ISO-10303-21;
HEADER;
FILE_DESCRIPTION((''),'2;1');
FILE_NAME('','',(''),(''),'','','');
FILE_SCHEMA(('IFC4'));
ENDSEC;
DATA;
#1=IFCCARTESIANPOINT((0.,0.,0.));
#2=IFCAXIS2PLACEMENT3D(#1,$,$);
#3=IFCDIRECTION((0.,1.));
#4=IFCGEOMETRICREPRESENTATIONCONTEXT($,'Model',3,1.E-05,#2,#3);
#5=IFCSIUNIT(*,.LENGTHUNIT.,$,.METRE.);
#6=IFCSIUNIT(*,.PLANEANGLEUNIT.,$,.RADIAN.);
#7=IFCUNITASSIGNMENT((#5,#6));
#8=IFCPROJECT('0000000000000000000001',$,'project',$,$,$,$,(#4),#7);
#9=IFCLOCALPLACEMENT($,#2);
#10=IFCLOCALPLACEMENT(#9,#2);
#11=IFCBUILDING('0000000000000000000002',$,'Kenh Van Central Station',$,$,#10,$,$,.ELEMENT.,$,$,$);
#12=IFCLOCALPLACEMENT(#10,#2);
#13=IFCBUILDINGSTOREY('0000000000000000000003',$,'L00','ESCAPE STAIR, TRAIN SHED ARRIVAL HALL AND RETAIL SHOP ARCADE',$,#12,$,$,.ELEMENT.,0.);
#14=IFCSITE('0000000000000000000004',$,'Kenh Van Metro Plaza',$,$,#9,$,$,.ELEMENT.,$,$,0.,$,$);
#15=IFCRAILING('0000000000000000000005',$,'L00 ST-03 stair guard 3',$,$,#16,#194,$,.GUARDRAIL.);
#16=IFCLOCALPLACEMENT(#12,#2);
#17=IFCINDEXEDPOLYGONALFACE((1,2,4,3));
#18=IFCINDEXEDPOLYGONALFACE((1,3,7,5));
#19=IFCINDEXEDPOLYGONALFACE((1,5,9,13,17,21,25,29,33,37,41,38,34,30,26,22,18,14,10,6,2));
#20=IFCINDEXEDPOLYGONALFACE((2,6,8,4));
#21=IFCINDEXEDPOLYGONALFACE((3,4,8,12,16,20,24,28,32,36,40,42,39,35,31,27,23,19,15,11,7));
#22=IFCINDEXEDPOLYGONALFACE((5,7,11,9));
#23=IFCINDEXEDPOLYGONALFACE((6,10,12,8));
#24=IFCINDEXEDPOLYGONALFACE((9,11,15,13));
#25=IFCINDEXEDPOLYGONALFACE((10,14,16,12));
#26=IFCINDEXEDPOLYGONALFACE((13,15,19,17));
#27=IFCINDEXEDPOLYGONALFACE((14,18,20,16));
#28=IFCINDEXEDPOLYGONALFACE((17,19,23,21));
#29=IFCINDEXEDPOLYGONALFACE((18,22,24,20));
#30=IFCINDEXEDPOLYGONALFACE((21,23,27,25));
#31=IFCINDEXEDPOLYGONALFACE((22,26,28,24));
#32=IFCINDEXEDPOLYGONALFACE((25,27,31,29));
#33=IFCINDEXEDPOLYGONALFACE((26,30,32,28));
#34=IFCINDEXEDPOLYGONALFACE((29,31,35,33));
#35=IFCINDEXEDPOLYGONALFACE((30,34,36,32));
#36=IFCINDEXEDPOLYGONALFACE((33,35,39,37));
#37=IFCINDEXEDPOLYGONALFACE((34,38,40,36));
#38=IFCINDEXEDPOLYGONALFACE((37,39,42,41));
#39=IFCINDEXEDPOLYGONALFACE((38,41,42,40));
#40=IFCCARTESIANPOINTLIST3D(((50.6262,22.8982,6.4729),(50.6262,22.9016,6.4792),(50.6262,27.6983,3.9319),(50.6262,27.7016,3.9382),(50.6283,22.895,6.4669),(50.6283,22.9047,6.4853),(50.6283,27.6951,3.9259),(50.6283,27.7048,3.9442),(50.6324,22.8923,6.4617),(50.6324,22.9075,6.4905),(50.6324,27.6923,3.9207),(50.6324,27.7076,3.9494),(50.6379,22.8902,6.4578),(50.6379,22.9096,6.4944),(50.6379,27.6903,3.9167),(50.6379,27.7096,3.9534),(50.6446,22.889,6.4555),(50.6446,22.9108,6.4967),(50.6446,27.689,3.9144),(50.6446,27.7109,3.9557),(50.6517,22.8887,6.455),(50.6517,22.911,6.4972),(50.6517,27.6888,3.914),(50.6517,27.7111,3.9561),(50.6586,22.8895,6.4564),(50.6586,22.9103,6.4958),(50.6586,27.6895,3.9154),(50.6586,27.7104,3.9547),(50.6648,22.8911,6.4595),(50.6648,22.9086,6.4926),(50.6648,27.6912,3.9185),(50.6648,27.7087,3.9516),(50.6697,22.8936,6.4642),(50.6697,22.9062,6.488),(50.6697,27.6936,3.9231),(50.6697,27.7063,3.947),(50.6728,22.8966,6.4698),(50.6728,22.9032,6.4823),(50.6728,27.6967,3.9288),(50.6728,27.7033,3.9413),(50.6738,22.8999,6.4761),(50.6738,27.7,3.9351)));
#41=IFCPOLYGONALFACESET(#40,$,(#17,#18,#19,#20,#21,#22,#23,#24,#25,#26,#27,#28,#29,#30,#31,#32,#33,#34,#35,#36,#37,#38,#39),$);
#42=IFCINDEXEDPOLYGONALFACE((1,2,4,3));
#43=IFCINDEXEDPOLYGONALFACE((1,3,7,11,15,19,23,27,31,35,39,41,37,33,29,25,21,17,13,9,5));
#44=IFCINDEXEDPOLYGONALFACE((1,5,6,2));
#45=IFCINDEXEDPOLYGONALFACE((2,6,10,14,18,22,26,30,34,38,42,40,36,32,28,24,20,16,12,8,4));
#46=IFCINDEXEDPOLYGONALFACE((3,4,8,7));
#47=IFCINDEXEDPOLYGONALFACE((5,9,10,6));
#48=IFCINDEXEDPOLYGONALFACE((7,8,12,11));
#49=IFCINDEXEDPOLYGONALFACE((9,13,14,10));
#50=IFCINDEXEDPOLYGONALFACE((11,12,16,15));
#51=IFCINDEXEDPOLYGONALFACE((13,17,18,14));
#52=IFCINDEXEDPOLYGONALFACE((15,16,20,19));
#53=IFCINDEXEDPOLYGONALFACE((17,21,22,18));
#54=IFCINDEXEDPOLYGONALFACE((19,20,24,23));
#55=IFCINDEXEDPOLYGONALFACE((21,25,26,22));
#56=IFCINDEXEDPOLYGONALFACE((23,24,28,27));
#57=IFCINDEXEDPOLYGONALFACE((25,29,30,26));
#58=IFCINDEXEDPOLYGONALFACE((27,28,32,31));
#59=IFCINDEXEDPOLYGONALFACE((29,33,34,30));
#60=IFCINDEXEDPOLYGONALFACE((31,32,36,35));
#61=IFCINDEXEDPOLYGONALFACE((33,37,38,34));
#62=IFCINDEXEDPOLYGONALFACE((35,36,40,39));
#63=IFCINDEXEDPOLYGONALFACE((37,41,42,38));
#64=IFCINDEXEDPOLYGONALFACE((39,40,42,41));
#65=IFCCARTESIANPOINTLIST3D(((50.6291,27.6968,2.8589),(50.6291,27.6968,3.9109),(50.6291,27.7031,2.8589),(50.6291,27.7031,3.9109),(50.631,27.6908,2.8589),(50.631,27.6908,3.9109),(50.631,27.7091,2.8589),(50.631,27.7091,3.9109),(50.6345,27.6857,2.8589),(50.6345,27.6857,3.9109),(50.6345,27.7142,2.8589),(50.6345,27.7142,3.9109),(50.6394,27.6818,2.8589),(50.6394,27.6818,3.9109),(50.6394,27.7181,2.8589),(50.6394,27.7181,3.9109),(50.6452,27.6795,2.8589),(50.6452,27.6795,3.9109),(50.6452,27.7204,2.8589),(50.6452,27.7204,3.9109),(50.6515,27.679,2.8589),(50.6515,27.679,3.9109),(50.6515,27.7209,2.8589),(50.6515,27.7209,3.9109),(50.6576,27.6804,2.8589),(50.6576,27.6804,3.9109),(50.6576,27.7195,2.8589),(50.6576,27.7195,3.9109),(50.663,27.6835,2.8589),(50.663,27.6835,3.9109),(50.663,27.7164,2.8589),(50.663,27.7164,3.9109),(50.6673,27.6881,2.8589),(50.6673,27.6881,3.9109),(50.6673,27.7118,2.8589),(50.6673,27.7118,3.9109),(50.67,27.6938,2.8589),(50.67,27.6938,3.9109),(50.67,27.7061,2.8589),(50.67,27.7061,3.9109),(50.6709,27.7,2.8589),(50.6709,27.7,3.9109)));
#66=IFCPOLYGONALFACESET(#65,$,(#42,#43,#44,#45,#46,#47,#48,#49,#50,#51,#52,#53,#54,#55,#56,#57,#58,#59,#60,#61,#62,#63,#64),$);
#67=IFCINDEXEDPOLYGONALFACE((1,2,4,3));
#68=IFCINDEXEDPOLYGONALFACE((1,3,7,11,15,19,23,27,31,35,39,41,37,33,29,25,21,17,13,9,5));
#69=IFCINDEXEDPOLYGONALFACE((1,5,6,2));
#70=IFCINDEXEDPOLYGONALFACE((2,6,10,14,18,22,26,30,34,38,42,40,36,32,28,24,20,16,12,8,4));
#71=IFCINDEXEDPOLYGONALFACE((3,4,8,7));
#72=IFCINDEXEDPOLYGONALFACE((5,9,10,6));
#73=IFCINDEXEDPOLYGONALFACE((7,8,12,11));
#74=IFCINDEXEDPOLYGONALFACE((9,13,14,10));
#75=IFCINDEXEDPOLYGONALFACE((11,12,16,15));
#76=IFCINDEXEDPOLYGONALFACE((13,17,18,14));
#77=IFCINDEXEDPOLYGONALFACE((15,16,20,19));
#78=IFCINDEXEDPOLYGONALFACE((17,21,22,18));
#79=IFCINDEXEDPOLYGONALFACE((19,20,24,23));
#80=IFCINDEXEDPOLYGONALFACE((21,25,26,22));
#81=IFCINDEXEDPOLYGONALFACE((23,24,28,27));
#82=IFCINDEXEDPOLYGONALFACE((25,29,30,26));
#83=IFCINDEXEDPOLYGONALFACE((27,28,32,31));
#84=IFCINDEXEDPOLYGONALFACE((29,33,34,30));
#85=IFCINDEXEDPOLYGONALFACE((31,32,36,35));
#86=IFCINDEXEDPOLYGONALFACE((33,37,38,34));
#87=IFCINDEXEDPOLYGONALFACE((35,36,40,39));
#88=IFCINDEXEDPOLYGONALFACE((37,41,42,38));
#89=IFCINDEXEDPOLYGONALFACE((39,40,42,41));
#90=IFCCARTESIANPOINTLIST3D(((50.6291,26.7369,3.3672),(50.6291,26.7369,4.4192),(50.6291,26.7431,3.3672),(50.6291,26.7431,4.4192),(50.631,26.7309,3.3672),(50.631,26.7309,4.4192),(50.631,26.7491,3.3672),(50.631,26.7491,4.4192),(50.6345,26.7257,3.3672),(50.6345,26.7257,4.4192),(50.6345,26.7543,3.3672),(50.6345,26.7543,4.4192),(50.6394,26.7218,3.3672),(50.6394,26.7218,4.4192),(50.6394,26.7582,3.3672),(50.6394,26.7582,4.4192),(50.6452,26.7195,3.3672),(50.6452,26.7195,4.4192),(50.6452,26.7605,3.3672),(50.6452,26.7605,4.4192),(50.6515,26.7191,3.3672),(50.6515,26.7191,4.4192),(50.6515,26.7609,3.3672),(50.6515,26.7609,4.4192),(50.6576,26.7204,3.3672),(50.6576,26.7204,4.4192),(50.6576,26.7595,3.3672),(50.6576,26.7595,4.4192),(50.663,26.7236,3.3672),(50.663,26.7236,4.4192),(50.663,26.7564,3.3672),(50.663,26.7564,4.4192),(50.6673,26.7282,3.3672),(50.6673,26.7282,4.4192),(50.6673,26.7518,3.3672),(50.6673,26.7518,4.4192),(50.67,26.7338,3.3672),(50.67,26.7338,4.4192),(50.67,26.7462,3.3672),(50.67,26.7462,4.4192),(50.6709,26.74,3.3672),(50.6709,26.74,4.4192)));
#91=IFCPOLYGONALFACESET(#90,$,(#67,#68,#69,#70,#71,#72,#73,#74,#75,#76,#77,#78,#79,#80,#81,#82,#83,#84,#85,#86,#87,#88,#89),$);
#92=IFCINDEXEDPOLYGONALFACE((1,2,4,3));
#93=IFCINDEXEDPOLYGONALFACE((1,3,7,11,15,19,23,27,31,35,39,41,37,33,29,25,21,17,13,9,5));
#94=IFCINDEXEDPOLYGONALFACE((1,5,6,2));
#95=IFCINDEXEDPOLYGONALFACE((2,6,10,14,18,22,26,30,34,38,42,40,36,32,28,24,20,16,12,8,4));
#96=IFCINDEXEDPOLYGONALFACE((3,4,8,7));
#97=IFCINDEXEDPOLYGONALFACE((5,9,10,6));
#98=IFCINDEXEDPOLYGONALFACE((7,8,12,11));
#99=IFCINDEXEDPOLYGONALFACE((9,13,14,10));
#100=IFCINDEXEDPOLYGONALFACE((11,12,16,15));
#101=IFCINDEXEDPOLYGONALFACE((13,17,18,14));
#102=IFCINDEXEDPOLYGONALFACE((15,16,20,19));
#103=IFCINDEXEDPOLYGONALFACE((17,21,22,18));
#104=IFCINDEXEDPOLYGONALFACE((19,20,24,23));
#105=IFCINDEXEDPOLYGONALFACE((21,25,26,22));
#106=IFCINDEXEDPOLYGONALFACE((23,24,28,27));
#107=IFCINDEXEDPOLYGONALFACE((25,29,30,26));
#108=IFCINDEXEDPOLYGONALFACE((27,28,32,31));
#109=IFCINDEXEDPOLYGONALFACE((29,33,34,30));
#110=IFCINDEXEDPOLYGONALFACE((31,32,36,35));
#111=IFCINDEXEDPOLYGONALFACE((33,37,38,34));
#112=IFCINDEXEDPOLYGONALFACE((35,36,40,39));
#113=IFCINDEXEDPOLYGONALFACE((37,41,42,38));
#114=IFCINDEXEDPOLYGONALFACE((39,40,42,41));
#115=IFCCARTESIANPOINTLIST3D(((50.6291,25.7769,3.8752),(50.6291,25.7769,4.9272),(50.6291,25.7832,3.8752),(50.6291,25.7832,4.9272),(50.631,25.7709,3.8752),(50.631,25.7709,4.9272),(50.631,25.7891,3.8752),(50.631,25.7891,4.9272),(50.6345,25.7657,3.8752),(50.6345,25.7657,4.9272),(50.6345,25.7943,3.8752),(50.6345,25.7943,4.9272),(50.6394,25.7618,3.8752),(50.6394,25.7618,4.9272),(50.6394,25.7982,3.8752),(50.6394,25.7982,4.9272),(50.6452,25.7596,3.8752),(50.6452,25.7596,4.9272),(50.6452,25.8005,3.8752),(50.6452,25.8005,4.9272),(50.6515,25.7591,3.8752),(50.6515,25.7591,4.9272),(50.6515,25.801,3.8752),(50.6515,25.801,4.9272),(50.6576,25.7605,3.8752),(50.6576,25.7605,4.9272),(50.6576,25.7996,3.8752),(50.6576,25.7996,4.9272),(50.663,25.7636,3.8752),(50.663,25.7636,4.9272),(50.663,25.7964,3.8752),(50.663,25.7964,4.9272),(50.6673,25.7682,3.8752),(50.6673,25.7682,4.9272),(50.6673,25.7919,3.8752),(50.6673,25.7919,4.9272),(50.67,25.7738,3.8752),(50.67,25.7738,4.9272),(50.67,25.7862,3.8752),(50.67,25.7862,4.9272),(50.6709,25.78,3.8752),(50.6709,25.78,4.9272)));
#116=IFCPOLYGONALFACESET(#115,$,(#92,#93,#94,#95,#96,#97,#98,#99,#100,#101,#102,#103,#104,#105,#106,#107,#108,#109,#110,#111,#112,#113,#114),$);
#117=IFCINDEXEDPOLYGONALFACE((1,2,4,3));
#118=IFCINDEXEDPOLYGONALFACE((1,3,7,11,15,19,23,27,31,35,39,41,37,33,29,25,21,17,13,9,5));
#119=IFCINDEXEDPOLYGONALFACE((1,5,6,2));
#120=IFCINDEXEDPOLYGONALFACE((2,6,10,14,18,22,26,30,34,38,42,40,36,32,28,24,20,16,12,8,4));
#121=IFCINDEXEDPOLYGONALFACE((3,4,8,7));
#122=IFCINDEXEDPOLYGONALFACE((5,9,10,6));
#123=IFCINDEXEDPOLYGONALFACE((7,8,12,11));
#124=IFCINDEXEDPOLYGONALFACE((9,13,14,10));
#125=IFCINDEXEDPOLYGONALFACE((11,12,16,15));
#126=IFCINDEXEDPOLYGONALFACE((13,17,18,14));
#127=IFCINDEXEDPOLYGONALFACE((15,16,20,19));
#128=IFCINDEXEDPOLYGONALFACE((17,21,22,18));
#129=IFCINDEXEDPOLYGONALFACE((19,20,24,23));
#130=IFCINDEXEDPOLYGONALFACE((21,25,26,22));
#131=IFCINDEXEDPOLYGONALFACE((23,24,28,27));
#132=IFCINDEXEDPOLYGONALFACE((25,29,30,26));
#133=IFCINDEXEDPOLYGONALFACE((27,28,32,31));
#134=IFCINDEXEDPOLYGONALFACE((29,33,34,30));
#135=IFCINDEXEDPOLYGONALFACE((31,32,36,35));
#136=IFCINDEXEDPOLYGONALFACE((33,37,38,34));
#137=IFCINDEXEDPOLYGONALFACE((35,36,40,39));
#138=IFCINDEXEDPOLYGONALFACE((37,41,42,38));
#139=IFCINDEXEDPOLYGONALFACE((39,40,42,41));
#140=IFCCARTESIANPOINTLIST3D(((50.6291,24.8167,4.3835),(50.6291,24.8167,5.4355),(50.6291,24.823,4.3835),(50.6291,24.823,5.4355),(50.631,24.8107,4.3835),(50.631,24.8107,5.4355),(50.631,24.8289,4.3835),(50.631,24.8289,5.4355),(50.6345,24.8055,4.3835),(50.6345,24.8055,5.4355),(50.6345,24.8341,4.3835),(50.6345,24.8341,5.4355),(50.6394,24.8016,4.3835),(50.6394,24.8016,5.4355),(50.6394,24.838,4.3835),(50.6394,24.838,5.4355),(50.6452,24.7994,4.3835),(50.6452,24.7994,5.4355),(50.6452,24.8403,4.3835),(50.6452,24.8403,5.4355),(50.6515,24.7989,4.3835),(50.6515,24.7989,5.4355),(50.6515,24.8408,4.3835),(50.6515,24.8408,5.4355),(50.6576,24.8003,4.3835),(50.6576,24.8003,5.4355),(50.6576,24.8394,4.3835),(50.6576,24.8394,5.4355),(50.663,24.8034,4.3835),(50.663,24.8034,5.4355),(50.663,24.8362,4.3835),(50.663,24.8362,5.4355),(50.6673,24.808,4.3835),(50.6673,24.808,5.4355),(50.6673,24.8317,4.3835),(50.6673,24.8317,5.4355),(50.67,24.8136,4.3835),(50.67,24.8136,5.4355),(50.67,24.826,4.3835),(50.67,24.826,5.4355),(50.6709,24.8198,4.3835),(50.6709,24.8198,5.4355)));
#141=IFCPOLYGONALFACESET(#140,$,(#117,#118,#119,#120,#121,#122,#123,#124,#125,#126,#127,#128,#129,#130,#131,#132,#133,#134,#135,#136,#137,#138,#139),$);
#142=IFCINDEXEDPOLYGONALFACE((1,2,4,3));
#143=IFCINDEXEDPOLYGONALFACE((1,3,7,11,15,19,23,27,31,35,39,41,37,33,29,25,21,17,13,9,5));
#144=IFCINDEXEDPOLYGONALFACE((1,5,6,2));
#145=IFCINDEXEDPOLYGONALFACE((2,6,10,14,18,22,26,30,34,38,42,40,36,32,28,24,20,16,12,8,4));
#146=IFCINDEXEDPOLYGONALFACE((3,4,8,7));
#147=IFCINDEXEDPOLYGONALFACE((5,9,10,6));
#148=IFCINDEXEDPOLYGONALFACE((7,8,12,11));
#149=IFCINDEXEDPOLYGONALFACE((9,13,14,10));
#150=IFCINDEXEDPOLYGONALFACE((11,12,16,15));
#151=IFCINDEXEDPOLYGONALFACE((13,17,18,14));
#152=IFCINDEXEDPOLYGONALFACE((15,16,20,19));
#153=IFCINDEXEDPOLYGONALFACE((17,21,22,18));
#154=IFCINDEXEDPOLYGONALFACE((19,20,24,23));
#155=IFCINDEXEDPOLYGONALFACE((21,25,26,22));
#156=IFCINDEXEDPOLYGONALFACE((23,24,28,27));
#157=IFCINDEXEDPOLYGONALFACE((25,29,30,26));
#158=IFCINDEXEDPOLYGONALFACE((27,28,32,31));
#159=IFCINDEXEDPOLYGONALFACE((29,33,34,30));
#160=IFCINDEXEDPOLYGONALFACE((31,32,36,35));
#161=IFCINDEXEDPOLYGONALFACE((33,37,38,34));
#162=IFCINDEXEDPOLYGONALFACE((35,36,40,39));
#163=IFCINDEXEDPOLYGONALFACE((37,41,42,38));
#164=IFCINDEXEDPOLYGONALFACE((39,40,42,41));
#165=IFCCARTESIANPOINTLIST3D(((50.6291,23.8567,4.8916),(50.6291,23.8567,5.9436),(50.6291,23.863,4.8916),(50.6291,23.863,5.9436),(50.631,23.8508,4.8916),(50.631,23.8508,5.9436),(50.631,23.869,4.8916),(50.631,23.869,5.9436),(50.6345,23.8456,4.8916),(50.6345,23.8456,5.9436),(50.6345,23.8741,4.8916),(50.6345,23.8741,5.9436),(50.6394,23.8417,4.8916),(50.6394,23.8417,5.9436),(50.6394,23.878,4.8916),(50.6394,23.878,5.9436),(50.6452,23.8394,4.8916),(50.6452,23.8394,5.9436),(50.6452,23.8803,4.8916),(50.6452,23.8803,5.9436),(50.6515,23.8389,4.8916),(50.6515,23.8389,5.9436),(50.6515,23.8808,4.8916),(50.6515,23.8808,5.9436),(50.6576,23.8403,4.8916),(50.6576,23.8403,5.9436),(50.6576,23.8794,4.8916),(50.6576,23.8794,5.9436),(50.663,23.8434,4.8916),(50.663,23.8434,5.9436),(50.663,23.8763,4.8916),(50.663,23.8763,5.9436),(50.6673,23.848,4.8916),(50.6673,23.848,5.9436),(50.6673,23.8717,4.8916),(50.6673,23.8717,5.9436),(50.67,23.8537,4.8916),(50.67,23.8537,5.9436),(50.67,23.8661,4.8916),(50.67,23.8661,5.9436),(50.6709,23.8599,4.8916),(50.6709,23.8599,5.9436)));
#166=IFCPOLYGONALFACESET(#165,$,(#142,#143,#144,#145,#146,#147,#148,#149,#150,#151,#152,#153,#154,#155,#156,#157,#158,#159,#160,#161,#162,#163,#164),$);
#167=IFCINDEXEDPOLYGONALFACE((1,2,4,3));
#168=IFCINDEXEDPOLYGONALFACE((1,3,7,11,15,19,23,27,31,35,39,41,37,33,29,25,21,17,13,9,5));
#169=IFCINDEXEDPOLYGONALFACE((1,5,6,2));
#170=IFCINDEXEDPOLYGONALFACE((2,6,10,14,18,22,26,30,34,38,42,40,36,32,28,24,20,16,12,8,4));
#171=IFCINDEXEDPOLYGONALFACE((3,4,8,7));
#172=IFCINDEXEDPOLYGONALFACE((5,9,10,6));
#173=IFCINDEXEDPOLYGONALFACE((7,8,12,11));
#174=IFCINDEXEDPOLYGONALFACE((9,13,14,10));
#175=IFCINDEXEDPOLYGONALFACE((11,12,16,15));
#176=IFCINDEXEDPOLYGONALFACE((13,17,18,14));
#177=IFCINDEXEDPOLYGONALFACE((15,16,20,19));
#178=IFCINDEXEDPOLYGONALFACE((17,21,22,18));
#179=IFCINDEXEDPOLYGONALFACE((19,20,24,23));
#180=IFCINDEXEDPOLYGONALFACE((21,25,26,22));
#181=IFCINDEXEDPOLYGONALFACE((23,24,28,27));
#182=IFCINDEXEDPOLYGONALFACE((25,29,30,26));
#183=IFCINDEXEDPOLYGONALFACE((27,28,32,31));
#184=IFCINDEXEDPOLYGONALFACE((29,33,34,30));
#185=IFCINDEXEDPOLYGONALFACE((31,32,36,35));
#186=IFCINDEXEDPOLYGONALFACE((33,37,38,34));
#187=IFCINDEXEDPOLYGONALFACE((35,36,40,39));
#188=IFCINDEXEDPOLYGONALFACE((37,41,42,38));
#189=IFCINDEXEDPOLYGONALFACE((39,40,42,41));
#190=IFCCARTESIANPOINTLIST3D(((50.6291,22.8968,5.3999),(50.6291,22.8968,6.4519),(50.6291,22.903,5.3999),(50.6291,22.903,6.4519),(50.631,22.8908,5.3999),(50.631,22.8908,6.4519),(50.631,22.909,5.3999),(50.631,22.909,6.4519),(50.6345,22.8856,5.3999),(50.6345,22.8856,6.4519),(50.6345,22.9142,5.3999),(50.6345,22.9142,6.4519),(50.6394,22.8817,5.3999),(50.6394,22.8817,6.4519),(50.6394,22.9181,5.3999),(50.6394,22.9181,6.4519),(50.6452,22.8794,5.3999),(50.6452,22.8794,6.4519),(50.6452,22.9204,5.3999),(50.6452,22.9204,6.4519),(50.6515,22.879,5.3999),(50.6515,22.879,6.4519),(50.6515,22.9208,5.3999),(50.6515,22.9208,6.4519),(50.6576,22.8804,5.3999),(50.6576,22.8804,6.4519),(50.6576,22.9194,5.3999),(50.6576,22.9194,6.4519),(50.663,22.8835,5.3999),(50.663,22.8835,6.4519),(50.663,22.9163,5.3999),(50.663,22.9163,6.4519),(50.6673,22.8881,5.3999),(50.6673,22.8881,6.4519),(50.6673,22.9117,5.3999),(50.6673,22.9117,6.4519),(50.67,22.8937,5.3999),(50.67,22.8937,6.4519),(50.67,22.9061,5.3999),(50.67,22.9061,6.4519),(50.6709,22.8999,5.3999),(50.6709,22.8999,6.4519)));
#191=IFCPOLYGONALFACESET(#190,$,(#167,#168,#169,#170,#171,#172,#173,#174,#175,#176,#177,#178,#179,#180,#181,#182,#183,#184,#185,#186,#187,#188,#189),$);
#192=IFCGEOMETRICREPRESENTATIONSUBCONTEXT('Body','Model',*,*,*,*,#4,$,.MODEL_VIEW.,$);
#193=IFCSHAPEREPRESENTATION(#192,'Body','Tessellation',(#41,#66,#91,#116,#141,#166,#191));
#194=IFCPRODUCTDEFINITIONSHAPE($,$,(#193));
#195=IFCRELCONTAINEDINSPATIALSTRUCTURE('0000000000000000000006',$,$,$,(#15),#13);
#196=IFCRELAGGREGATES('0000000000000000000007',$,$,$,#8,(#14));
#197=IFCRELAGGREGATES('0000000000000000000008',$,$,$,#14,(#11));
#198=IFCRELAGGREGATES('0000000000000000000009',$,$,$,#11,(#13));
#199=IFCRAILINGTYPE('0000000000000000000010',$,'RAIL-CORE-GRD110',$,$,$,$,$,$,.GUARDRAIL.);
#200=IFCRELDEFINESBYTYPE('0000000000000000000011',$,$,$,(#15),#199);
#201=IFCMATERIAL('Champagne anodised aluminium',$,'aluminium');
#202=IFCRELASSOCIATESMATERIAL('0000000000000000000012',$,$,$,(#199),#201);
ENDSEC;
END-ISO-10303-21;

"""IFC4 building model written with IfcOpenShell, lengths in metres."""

from ifc_helpers import new_model, si_unit, direction, frame, origin, origin_2d, place, context, subcontext, project, spatial, circle, extrude, material, type_object, element, save


model = new_model("IFC4")

# Units and contexts
model_context = context("Model", 3, precision=1e-05, world=origin(), true_north=direction((0.0, 1.0)))
body_context = subcontext(model_context, "Body", "Model", "MODEL_VIEW")
ifc_project = project(units=[si_unit("LENGTHUNIT", "METRE"), si_unit("PLANEANGLEUNIT", "RADIAN")], contexts=[model_context])

# Site, building, storey
site_placement = place(None, origin())
site = spatial("IfcSite", under=ifc_project, at=site_placement, Name="Kenh Van Metro Plaza", CompositionType="ELEMENT", RefElevation=0.0)
building_placement = place(site_placement, origin())
building = spatial("IfcBuilding", under=site, at=building_placement, Name="Kenh Van Central Station", CompositionType="ELEMENT")
storey_placement = place(building_placement, origin())
storey = spatial("IfcBuildingStorey", under=building, at=storey_placement, Name="L00", Description="ESCAPE STAIR, TRAIN SHED ARRIVAL HALL AND RETAIL SHOP ARCADE", CompositionType="ELEMENT", Elevation=0.0)

# Railing
ifc_material_1 = material(Name="Champagne anodised aluminium", Category="aluminium")
railing_type_1 = type_object("IfcRailingType", Name="RAIL-CORE-GRD110", PredefinedType="GUARDRAIL", material=ifc_material_1)
railing_1_placement = place(storey_placement, frame((50.6499, 27.7, 2.8589)))
element("IfcRailing", 1, at=railing_1_placement, inside=storey, type_object=railing_type_1, Name="L00 ST-03 stair guard 3", PredefinedType="GUARDRAIL", context=body_context, shape_type="SweptSolid", body=[
    extrude(circle(Radius=0.0239, at=origin_2d()), frame((0.0, 0.0, 1.0762), z_axis=(0.0, -0.883802, 0.467861), x_axis=(1.0, 0.0, 0.0)), (0.0, 0.0, 1.0), 5.4312),
    extrude(circle(Radius=0.021, at=origin_2d()), origin(), (0.0, 0.0, 1.0), 1.052),
    extrude(circle(Radius=0.021, at=origin_2d()), frame((0.0, -0.96, 0.5083)), (0.0, 0.0, 1.0), 1.052),
    extrude(circle(Radius=0.021, at=origin_2d()), frame((0.0, -1.9199, 1.0164)), (0.0, 0.0, 1.0), 1.052),
    extrude(circle(Radius=0.021, at=origin_2d()), frame((0.0, -2.8801, 1.5247)), (0.0, 0.0, 1.0), 1.052),
    extrude(circle(Radius=0.021, at=origin_2d()), frame((0.0, -3.8401, 2.0327)), (0.0, 0.0, 1.0), 1.052),
    extrude(circle(Radius=0.021, at=origin_2d()), frame((0.0, -4.8, 2.541)), (0.0, 0.0, 1.0), 1.052),
])

save(model, "model.ifc")
